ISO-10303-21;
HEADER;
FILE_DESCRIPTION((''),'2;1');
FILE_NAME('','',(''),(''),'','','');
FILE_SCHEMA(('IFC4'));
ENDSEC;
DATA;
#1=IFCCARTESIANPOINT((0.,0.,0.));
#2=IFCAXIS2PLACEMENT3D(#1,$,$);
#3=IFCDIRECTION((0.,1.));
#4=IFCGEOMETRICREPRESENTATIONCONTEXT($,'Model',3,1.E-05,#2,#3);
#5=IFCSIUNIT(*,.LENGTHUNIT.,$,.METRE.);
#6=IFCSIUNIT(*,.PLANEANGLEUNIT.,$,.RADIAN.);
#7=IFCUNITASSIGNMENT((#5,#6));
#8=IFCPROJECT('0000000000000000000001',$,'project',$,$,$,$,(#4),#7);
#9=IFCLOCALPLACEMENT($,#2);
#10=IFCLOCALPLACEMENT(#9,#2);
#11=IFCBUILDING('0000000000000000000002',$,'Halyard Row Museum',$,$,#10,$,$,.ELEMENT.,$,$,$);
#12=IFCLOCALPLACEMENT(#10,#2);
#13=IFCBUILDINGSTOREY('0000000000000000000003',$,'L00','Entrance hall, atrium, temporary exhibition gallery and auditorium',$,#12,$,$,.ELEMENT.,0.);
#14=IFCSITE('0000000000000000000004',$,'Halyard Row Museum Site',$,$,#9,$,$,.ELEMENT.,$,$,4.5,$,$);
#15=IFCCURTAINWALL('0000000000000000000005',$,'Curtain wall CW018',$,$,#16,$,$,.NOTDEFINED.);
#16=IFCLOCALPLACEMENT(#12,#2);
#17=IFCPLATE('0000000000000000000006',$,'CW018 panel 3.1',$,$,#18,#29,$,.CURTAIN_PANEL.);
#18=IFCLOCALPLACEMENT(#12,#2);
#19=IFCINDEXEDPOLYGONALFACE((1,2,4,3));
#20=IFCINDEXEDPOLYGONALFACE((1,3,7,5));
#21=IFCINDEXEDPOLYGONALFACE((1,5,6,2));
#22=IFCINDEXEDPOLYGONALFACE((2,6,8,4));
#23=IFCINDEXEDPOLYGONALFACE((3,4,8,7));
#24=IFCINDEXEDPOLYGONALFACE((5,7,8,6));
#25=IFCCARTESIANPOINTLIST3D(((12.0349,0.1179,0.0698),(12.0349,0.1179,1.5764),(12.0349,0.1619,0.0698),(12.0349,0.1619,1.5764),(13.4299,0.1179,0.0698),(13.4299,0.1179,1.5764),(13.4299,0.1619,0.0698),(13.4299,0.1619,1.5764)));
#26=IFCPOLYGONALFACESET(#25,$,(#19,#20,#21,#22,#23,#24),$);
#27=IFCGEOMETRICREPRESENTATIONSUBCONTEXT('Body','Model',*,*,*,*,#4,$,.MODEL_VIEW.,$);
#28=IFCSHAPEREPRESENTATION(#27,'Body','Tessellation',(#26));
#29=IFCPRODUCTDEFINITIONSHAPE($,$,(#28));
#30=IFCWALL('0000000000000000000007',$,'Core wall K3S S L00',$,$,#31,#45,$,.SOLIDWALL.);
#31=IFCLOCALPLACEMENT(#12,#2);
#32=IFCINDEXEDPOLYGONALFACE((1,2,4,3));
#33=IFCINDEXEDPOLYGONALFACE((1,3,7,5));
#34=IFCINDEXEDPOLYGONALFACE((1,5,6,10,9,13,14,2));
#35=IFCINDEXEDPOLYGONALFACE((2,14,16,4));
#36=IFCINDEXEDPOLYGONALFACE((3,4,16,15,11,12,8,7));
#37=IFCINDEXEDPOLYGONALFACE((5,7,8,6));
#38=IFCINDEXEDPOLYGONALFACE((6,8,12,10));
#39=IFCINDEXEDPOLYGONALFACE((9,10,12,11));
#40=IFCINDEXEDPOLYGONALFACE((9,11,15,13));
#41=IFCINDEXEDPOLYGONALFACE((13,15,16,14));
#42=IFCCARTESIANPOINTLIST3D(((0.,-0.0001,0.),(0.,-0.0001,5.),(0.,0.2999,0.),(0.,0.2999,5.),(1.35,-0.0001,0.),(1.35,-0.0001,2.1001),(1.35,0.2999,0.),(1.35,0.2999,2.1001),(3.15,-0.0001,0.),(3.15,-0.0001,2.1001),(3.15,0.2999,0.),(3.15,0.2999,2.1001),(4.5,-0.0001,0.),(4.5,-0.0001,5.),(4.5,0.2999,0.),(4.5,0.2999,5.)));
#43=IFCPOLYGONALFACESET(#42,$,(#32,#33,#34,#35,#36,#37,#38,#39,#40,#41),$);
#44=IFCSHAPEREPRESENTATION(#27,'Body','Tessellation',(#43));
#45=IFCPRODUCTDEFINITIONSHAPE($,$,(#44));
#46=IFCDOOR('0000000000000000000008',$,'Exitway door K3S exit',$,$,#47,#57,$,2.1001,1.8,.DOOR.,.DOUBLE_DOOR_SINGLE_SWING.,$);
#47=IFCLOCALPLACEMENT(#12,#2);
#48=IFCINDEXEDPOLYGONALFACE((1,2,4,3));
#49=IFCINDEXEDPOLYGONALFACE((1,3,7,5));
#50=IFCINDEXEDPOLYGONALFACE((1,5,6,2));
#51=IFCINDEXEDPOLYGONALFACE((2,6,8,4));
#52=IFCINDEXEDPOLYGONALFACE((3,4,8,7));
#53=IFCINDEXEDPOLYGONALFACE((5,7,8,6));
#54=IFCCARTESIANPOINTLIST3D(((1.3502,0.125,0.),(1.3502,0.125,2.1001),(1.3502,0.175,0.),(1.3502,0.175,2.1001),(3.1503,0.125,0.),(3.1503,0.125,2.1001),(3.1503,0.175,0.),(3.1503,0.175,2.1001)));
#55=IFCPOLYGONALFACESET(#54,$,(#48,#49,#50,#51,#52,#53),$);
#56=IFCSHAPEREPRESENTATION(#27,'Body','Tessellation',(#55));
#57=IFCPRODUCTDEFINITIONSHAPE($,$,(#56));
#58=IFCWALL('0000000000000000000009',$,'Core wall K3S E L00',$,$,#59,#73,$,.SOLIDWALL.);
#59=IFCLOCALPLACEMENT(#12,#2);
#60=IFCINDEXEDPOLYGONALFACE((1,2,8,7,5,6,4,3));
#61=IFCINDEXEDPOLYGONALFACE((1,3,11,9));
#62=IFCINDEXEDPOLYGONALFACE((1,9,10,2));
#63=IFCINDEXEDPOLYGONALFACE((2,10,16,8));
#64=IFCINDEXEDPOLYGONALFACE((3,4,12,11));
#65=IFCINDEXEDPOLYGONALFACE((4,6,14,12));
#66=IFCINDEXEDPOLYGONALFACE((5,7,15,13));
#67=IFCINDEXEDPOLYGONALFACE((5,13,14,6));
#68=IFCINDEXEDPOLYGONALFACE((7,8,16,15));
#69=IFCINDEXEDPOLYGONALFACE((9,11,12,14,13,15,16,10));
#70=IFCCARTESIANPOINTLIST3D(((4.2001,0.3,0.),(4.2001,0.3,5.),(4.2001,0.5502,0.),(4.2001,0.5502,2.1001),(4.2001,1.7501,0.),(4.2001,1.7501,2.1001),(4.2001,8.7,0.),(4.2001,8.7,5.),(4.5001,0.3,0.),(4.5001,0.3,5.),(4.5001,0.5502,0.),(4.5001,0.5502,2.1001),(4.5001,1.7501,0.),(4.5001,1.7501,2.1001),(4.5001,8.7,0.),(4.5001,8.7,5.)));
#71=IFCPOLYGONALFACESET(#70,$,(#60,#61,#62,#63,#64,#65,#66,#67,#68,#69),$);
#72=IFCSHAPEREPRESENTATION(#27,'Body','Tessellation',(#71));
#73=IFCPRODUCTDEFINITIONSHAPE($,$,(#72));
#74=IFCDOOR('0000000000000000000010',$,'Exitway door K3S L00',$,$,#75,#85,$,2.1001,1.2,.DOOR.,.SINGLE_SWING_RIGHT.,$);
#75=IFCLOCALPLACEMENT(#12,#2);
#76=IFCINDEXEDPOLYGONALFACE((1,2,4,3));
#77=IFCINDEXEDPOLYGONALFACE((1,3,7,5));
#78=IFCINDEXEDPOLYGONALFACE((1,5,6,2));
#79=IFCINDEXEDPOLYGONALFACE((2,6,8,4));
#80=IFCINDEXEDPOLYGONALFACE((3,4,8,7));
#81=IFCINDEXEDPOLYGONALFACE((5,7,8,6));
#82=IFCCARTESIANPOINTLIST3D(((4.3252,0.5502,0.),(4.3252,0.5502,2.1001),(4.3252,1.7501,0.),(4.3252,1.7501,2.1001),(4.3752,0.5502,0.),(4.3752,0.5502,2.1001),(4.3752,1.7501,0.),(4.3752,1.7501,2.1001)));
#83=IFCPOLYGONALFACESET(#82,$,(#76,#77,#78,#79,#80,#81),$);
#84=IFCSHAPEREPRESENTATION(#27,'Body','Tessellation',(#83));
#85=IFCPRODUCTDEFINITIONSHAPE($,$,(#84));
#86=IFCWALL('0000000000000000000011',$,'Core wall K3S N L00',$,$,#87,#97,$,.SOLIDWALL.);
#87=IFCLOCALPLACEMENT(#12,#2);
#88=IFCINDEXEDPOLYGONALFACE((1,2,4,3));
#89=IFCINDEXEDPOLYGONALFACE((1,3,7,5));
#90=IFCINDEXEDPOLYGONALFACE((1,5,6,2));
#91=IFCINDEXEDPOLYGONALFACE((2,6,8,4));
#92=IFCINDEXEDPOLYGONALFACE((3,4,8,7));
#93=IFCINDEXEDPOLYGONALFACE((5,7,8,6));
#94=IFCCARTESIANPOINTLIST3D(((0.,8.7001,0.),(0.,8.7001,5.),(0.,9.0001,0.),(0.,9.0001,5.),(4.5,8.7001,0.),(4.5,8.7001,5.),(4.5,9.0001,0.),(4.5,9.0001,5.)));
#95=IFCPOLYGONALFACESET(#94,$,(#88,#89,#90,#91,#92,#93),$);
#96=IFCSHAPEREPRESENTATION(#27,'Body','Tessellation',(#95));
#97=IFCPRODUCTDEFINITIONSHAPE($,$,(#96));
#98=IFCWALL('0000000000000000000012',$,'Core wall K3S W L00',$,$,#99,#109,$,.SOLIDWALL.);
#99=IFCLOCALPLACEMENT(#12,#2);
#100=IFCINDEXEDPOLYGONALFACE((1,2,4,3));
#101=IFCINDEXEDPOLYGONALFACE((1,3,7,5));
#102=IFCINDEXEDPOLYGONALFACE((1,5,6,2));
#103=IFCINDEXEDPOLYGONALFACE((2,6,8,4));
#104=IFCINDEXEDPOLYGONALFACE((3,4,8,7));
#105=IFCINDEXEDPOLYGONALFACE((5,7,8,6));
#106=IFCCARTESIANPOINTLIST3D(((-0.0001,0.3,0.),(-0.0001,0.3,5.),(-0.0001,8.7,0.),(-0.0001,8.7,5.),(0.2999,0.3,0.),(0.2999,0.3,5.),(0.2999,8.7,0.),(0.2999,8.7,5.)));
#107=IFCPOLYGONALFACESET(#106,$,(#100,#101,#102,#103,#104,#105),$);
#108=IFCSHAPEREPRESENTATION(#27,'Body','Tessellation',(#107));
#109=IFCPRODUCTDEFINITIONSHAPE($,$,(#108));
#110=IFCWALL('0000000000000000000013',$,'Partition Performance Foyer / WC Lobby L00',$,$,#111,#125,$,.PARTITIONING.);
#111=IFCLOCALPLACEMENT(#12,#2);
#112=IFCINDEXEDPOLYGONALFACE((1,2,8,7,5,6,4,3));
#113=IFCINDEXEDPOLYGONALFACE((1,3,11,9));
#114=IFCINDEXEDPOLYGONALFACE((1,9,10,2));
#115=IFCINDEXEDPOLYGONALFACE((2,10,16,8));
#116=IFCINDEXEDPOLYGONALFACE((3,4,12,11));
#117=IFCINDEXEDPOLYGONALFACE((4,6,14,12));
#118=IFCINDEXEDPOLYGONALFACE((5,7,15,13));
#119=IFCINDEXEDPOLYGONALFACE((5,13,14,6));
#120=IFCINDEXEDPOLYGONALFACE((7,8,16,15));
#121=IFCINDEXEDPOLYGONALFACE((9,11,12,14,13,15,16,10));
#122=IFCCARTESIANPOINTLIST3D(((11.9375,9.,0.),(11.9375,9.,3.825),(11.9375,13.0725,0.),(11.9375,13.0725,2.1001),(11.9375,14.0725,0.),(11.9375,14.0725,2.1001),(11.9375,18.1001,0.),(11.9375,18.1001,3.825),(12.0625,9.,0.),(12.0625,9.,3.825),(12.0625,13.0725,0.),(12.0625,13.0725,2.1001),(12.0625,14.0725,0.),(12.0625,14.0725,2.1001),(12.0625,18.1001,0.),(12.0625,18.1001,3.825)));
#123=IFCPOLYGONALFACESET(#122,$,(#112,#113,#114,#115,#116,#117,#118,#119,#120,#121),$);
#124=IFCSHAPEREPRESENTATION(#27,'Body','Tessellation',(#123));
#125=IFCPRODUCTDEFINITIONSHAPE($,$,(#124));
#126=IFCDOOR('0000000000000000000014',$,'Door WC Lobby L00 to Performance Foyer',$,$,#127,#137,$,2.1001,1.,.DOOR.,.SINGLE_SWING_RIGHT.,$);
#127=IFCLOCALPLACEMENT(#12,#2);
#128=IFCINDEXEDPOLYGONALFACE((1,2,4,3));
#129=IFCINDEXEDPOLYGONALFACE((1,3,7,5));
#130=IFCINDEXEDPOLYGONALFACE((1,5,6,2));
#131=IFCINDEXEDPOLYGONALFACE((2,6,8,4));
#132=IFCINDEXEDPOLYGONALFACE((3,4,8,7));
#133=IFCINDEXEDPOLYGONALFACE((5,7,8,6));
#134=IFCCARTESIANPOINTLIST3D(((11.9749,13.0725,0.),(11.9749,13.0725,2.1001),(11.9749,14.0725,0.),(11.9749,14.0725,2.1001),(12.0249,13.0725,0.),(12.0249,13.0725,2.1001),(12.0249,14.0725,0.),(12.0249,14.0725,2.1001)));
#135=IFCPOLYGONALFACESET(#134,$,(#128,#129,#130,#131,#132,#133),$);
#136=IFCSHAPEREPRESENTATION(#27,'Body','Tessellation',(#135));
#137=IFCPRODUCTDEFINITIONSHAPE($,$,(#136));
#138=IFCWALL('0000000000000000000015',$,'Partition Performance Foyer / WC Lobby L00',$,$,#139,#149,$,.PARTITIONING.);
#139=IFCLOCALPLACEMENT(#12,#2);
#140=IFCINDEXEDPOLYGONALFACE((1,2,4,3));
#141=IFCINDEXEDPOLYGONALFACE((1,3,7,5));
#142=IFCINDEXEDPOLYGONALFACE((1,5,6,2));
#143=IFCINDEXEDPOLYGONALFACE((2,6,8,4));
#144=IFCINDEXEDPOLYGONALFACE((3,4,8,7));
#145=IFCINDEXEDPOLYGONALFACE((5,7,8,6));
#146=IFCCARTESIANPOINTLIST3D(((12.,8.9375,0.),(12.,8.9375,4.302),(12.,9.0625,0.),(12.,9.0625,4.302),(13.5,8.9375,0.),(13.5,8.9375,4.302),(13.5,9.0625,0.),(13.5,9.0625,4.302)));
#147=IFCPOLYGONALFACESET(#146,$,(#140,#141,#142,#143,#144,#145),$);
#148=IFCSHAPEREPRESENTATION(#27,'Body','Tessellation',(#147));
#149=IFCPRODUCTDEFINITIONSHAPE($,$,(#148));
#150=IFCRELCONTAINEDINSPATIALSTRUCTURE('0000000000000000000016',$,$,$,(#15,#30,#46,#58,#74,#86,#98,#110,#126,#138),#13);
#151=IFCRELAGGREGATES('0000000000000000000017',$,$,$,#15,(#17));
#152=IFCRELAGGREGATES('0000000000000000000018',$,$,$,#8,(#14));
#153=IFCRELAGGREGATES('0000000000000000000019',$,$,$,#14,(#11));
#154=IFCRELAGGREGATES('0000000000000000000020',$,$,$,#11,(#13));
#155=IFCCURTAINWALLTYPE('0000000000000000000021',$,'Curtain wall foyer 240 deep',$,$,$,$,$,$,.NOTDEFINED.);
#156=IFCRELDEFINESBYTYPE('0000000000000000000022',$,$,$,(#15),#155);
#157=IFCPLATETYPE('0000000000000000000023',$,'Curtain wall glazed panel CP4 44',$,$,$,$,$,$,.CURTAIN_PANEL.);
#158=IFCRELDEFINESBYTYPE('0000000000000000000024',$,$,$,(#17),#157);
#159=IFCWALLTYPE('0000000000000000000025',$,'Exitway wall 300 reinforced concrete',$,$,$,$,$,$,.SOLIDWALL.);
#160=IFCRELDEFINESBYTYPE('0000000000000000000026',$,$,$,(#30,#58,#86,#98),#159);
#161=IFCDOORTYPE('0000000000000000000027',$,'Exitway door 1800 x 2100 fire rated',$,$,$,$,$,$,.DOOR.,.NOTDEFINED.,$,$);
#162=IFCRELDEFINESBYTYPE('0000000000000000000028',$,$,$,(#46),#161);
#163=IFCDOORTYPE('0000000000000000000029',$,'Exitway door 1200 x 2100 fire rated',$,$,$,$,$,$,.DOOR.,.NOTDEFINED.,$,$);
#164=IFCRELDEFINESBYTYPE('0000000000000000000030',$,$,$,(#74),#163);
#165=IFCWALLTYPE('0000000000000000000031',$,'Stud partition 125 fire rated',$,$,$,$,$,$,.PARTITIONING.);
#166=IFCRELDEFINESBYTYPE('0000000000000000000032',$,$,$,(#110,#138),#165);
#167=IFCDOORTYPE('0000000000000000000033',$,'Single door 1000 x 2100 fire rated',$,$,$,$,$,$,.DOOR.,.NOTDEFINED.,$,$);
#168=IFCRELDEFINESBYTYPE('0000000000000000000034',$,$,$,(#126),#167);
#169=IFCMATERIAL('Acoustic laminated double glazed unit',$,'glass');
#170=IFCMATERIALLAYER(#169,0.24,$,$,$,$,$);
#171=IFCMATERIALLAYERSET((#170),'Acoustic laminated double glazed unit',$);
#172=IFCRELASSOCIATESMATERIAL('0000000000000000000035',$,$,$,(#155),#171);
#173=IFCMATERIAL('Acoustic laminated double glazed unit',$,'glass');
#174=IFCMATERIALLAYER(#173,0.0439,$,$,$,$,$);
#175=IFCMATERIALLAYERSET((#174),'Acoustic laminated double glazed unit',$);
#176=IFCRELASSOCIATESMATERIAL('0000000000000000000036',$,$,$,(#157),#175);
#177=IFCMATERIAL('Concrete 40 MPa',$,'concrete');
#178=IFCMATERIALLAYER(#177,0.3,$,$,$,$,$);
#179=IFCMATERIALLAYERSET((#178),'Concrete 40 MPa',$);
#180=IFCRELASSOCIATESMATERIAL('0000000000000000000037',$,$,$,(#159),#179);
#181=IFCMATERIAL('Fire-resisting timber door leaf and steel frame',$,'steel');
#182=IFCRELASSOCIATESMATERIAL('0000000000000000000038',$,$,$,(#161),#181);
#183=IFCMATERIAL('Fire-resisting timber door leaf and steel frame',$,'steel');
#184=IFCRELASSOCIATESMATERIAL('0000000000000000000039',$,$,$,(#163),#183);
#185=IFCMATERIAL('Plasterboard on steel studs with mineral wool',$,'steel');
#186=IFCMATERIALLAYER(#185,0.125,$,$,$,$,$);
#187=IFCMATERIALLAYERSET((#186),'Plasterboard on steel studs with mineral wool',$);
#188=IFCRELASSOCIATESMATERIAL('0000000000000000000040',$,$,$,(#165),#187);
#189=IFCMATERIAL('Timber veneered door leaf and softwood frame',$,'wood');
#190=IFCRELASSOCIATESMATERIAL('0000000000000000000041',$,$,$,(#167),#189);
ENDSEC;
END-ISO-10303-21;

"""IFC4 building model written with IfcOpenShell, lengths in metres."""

from ifc_helpers import new_model, si_unit, direction, frame, frame_2d, origin, origin_2d, place, context, subcontext, project, spatial, rectangle, extrude, material, layer, layer_set, type_object, element, fill, aggregate, save


model = new_model("IFC4")

# Units and contexts
model_context = context("Model", 3, precision=1e-05, world=origin(), true_north=direction((0.0, 1.0)))
body_context = subcontext(model_context, "Body", "Model", "MODEL_VIEW")
ifc_project = project(units=[si_unit("LENGTHUNIT", "METRE"), si_unit("PLANEANGLEUNIT", "RADIAN")], contexts=[model_context])

# Site, building, storey
site_placement = place(None, origin())
site = spatial("IfcSite", under=ifc_project, at=site_placement, Name="Halyard Row Museum Site", CompositionType="ELEMENT", RefElevation=4.5)
building_placement = place(site_placement, origin())
building = spatial("IfcBuilding", under=site, at=building_placement, Name="Halyard Row Museum", CompositionType="ELEMENT")
storey_placement = place(building_placement, origin())
storey = spatial("IfcBuildingStorey", under=building, at=storey_placement, Name="L00", Description="Entrance hall, atrium, temporary exhibition gallery and auditorium", CompositionType="ELEMENT", Elevation=0.0)

# Curtain wall
ifc_material_1 = material(Name="Acoustic laminated double glazed unit", Category="glass")
ifc_layer_1 = layer(ifc_material_1, 0.24)
ifc_layer_set_1 = layer_set([ifc_layer_1], Name="Acoustic laminated double glazed unit")
curtain_wall_type = type_object("IfcCurtainWallType", Name="Curtain wall foyer 240 deep", PredefinedType="NOTDEFINED", material=ifc_layer_set_1)
curtain_wall_placement = place(storey_placement, origin())
curtain_wall = element("IfcCurtainWall", 1, at=curtain_wall_placement, inside=storey, type_object=curtain_wall_type, Name="Curtain wall CW018", PredefinedType="NOTDEFINED")

# Plate
ifc_material_2 = material(Name="Acoustic laminated double glazed unit", Category="glass")
ifc_layer_2 = layer(ifc_material_2, 0.0439)
ifc_layer_set_2 = layer_set([ifc_layer_2], Name="Acoustic laminated double glazed unit")
plate_type = type_object("IfcPlateType", Name="Curtain wall glazed panel CP4 44", PredefinedType="CURTAIN_PANEL", material=ifc_layer_set_2)
plate_placement = place(storey_placement, frame((12.7324, 0.1399, 0.0698), z_axis=(0.0, 0.0, 1.0), x_axis=(1.0, 0.0, 0.0)))
plate = element("IfcPlate", 2, at=plate_placement, type_object=plate_type, Name="CW018 panel 3.1", PredefinedType="CURTAIN_PANEL", context=body_context, shape_type="SweptSolid", body=[
    extrude(rectangle(XDim=1.395, YDim=0.0439, at=origin_2d()), origin(), (0.0, 0.0, 1.0), 1.5066),
])
aggregate(curtain_wall, [plate])

# Walls, openings, doors
ifc_material_3 = material(Name="Concrete 40 MPa", Category="concrete")
ifc_layer_3 = layer(ifc_material_3, 0.3)
ifc_layer_set_3 = layer_set([ifc_layer_3], Name="Concrete 40 MPa")
wall_type_1 = type_object("IfcWallType", Name="Exitway wall 300 reinforced concrete", PredefinedType="SOLIDWALL", material=ifc_layer_set_3)
wall_1_placement = place(storey_placement, frame((0.0, 0.1499, 0.0), z_axis=(0.0, 0.0, 1.0), x_axis=(1.0, 0.0, 0.0)))
wall_1 = element("IfcWall", 3, at=wall_1_placement, inside=storey, type_object=wall_type_1, Name="Core wall K3S S L00", PredefinedType="SOLIDWALL", context=body_context, shape_type="SweptSolid", body=[
    extrude(rectangle(XDim=4.5, YDim=0.3, at=frame_2d((2.25, 0.0))), origin(), (0.0, 0.0, 1.0), 5.0),
])
opening_1_placement = place(wall_1_placement, frame((1.3501, 0.0, 0.0)))
opening_1 = element("IfcOpeningElement", 4, at=opening_1_placement, cuts=wall_1, PredefinedType="OPENING", context=body_context, shape_type="SweptSolid", body=[
    extrude(rectangle(XDim=1.8, YDim=2.1001, at=frame_2d((0.8999, 1.05))), frame((0.0, 0.1599, 0.0), z_axis=(0.0, -1.0, 0.0), x_axis=(1.0, 0.0, 0.0)), (0.0, 0.0, 1.0), 0.3201),
])
ifc_material_4 = material(Name="Fire-resisting timber door leaf and steel frame", Category="steel")
door_type_1 = type_object("IfcDoorType", Name="Exitway door 1800 x 2100 fire rated", OperationType="NOTDEFINED", PredefinedType="DOOR", material=ifc_material_4)
door_1_placement = place(opening_1_placement, frame((1.8, 0.0, 0.0), z_axis=(0.0, 0.0, 1.0), x_axis=(-1.0, 0.0, 0.0)))
door_1 = element("IfcDoor", 5, at=door_1_placement, inside=storey, type_object=door_type_1, Name="Exitway door K3S exit", OperationType="DOUBLE_DOOR_SINGLE_SWING", OverallHeight=2.1001, OverallWidth=1.8, PredefinedType="DOOR", context=body_context, shape_type="SweptSolid", body=[
    extrude(rectangle(XDim=1.8, YDim=2.1001, at=frame_2d((0.8999, 1.05))), frame((0.0, 0.0249, 0.0), z_axis=(0.0, -1.0, 0.0), x_axis=(1.0, 0.0, 0.0)), (0.0, 0.0, 1.0), 0.05),
])
fill(opening_1, door_1)
wall_2_placement = place(storey_placement, frame((4.3501, 0.3, 0.0), z_axis=(0.0, 0.0, 1.0), x_axis=(0.0, 1.0, 0.0)))
wall_2 = element("IfcWall", 6, at=wall_2_placement, inside=storey, type_object=wall_type_1, Name="Core wall K3S E L00", PredefinedType="SOLIDWALL", context=body_context, shape_type="SweptSolid", body=[
    extrude(rectangle(XDim=8.3999, YDim=0.3, at=frame_2d((4.2, 0.0))), origin(), (0.0, 0.0, 1.0), 5.0),
])
opening_2_placement = place(wall_2_placement, frame((0.25, 0.0, 0.0)))
opening_2 = element("IfcOpeningElement", 7, at=opening_2_placement, cuts=wall_2, PredefinedType="OPENING", context=body_context, shape_type="SweptSolid", body=[
    extrude(rectangle(XDim=1.2, YDim=2.1001, at=frame_2d((0.6001, 1.05))), frame((0.0, 0.1599, 0.0), z_axis=(0.0, -1.0, 0.0), x_axis=(1.0, 0.0, 0.0)), (0.0, 0.0, 1.0), 0.3201),
])
ifc_material_5 = material(Name="Fire-resisting timber door leaf and steel frame", Category="steel")
door_type_2 = type_object("IfcDoorType", Name="Exitway door 1200 x 2100 fire rated", OperationType="NOTDEFINED", PredefinedType="DOOR", material=ifc_material_5)
door_2_placement = place(opening_2_placement, origin())
door_2 = element("IfcDoor", 8, at=door_2_placement, inside=storey, type_object=door_type_2, Name="Exitway door K3S L00", OperationType="SINGLE_SWING_RIGHT", OverallHeight=2.1001, OverallWidth=1.2, PredefinedType="DOOR", context=body_context, shape_type="SweptSolid", body=[
    extrude(rectangle(XDim=1.2, YDim=2.1001, at=frame_2d((0.6001, 1.05))), frame((0.0, 0.0249, 0.0), z_axis=(0.0, -1.0, 0.0), x_axis=(1.0, 0.0, 0.0)), (0.0, 0.0, 1.0), 0.05),
])
fill(opening_2, door_2)

# Walls
wall_3_placement = place(storey_placement, frame((0.0, 8.8501, 0.0), z_axis=(0.0, 0.0, 1.0), x_axis=(1.0, 0.0, 0.0)))
element("IfcWall", 9, at=wall_3_placement, inside=storey, type_object=wall_type_1, Name="Core wall K3S N L00", PredefinedType="SOLIDWALL", context=body_context, shape_type="SweptSolid", body=[
    extrude(rectangle(XDim=4.5, YDim=0.3, at=frame_2d((2.25, 0.0))), origin(), (0.0, 0.0, 1.0), 5.0),
])
wall_4_placement = place(storey_placement, frame((0.1499, 0.3, 0.0), z_axis=(0.0, 0.0, 1.0), x_axis=(0.0, 1.0, 0.0)))
element("IfcWall", 10, at=wall_4_placement, inside=storey, type_object=wall_type_1, Name="Core wall K3S W L00", PredefinedType="SOLIDWALL", context=body_context, shape_type="SweptSolid", body=[
    extrude(rectangle(XDim=8.3999, YDim=0.3, at=frame_2d((4.2, 0.0))), origin(), (0.0, 0.0, 1.0), 5.0),
])

# Wall, opening, door
ifc_material_6 = material(Name="Plasterboard on steel studs with mineral wool", Category="steel")
ifc_layer_4 = layer(ifc_material_6, 0.125)
ifc_layer_set_4 = layer_set([ifc_layer_4], Name="Plasterboard on steel studs with mineral wool")
wall_type_2 = type_object("IfcWallType", Name="Stud partition 125 fire rated", PredefinedType="PARTITIONING", material=ifc_layer_set_4)
wall_5_placement = place(storey_placement, frame((12.0, 9.0, 0.0), z_axis=(0.0, 0.0, 1.0), x_axis=(0.0, 1.0, 0.0)))
wall_5 = element("IfcWall", 11, at=wall_5_placement, inside=storey, type_object=wall_type_2, Name="Partition Performance Foyer / WC Lobby L00", PredefinedType="PARTITIONING", context=body_context, shape_type="SweptSolid", body=[
    extrude(rectangle(XDim=9.1001, YDim=0.125, at=frame_2d((4.55, 0.0))), origin(), (0.0, 0.0, 1.0), 3.825),
])
opening_3_placement = place(wall_5_placement, frame((4.0725, 0.0, 0.0)))
opening_3 = element("IfcOpeningElement", 12, at=opening_3_placement, cuts=wall_5, PredefinedType="OPENING", context=body_context, shape_type="SweptSolid", body=[
    extrude(rectangle(XDim=1.0, YDim=2.1001, at=frame_2d((0.5, 1.05))), frame((0.0, 0.0725, 0.0), z_axis=(0.0, -1.0, 0.0), x_axis=(1.0, 0.0, 0.0)), (0.0, 0.0, 1.0), 0.145),
])
ifc_material_7 = material(Name="Timber veneered door leaf and softwood frame", Category="wood")
door_type_3 = type_object("IfcDoorType", Name="Single door 1000 x 2100 fire rated", OperationType="NOTDEFINED", PredefinedType="DOOR", material=ifc_material_7)
door_3_placement = place(opening_3_placement, frame((1.0, 0.0, 0.0), z_axis=(0.0, 0.0, 1.0), x_axis=(-1.0, 0.0, 0.0)))
door_3 = element("IfcDoor", 13, at=door_3_placement, inside=storey, type_object=door_type_3, Name="Door WC Lobby L00 to Performance Foyer", OperationType="SINGLE_SWING_RIGHT", OverallHeight=2.1001, OverallWidth=1.0, PredefinedType="DOOR", context=body_context, shape_type="SweptSolid", body=[
    extrude(rectangle(XDim=1.0, YDim=2.1001, at=frame_2d((0.5, 1.05))), frame((0.0, 0.0249, 0.0), z_axis=(0.0, -1.0, 0.0), x_axis=(1.0, 0.0, 0.0)), (0.0, 0.0, 1.0), 0.05),
])
fill(opening_3, door_3)

# Wall
wall_6_placement = place(storey_placement, frame((12.0, 9.0, 0.0), z_axis=(0.0, 0.0, 1.0), x_axis=(1.0, 0.0, 0.0)))
element("IfcWall", 14, at=wall_6_placement, inside=storey, type_object=wall_type_2, Name="Partition Performance Foyer / WC Lobby L00", PredefinedType="PARTITIONING", context=body_context, shape_type="SweptSolid", body=[
    extrude(rectangle(XDim=1.5, YDim=0.125, at=frame_2d((0.75, 0.0))), origin(), (0.0, 0.0, 1.0), 4.302),
])

save(model, "model.ifc")
